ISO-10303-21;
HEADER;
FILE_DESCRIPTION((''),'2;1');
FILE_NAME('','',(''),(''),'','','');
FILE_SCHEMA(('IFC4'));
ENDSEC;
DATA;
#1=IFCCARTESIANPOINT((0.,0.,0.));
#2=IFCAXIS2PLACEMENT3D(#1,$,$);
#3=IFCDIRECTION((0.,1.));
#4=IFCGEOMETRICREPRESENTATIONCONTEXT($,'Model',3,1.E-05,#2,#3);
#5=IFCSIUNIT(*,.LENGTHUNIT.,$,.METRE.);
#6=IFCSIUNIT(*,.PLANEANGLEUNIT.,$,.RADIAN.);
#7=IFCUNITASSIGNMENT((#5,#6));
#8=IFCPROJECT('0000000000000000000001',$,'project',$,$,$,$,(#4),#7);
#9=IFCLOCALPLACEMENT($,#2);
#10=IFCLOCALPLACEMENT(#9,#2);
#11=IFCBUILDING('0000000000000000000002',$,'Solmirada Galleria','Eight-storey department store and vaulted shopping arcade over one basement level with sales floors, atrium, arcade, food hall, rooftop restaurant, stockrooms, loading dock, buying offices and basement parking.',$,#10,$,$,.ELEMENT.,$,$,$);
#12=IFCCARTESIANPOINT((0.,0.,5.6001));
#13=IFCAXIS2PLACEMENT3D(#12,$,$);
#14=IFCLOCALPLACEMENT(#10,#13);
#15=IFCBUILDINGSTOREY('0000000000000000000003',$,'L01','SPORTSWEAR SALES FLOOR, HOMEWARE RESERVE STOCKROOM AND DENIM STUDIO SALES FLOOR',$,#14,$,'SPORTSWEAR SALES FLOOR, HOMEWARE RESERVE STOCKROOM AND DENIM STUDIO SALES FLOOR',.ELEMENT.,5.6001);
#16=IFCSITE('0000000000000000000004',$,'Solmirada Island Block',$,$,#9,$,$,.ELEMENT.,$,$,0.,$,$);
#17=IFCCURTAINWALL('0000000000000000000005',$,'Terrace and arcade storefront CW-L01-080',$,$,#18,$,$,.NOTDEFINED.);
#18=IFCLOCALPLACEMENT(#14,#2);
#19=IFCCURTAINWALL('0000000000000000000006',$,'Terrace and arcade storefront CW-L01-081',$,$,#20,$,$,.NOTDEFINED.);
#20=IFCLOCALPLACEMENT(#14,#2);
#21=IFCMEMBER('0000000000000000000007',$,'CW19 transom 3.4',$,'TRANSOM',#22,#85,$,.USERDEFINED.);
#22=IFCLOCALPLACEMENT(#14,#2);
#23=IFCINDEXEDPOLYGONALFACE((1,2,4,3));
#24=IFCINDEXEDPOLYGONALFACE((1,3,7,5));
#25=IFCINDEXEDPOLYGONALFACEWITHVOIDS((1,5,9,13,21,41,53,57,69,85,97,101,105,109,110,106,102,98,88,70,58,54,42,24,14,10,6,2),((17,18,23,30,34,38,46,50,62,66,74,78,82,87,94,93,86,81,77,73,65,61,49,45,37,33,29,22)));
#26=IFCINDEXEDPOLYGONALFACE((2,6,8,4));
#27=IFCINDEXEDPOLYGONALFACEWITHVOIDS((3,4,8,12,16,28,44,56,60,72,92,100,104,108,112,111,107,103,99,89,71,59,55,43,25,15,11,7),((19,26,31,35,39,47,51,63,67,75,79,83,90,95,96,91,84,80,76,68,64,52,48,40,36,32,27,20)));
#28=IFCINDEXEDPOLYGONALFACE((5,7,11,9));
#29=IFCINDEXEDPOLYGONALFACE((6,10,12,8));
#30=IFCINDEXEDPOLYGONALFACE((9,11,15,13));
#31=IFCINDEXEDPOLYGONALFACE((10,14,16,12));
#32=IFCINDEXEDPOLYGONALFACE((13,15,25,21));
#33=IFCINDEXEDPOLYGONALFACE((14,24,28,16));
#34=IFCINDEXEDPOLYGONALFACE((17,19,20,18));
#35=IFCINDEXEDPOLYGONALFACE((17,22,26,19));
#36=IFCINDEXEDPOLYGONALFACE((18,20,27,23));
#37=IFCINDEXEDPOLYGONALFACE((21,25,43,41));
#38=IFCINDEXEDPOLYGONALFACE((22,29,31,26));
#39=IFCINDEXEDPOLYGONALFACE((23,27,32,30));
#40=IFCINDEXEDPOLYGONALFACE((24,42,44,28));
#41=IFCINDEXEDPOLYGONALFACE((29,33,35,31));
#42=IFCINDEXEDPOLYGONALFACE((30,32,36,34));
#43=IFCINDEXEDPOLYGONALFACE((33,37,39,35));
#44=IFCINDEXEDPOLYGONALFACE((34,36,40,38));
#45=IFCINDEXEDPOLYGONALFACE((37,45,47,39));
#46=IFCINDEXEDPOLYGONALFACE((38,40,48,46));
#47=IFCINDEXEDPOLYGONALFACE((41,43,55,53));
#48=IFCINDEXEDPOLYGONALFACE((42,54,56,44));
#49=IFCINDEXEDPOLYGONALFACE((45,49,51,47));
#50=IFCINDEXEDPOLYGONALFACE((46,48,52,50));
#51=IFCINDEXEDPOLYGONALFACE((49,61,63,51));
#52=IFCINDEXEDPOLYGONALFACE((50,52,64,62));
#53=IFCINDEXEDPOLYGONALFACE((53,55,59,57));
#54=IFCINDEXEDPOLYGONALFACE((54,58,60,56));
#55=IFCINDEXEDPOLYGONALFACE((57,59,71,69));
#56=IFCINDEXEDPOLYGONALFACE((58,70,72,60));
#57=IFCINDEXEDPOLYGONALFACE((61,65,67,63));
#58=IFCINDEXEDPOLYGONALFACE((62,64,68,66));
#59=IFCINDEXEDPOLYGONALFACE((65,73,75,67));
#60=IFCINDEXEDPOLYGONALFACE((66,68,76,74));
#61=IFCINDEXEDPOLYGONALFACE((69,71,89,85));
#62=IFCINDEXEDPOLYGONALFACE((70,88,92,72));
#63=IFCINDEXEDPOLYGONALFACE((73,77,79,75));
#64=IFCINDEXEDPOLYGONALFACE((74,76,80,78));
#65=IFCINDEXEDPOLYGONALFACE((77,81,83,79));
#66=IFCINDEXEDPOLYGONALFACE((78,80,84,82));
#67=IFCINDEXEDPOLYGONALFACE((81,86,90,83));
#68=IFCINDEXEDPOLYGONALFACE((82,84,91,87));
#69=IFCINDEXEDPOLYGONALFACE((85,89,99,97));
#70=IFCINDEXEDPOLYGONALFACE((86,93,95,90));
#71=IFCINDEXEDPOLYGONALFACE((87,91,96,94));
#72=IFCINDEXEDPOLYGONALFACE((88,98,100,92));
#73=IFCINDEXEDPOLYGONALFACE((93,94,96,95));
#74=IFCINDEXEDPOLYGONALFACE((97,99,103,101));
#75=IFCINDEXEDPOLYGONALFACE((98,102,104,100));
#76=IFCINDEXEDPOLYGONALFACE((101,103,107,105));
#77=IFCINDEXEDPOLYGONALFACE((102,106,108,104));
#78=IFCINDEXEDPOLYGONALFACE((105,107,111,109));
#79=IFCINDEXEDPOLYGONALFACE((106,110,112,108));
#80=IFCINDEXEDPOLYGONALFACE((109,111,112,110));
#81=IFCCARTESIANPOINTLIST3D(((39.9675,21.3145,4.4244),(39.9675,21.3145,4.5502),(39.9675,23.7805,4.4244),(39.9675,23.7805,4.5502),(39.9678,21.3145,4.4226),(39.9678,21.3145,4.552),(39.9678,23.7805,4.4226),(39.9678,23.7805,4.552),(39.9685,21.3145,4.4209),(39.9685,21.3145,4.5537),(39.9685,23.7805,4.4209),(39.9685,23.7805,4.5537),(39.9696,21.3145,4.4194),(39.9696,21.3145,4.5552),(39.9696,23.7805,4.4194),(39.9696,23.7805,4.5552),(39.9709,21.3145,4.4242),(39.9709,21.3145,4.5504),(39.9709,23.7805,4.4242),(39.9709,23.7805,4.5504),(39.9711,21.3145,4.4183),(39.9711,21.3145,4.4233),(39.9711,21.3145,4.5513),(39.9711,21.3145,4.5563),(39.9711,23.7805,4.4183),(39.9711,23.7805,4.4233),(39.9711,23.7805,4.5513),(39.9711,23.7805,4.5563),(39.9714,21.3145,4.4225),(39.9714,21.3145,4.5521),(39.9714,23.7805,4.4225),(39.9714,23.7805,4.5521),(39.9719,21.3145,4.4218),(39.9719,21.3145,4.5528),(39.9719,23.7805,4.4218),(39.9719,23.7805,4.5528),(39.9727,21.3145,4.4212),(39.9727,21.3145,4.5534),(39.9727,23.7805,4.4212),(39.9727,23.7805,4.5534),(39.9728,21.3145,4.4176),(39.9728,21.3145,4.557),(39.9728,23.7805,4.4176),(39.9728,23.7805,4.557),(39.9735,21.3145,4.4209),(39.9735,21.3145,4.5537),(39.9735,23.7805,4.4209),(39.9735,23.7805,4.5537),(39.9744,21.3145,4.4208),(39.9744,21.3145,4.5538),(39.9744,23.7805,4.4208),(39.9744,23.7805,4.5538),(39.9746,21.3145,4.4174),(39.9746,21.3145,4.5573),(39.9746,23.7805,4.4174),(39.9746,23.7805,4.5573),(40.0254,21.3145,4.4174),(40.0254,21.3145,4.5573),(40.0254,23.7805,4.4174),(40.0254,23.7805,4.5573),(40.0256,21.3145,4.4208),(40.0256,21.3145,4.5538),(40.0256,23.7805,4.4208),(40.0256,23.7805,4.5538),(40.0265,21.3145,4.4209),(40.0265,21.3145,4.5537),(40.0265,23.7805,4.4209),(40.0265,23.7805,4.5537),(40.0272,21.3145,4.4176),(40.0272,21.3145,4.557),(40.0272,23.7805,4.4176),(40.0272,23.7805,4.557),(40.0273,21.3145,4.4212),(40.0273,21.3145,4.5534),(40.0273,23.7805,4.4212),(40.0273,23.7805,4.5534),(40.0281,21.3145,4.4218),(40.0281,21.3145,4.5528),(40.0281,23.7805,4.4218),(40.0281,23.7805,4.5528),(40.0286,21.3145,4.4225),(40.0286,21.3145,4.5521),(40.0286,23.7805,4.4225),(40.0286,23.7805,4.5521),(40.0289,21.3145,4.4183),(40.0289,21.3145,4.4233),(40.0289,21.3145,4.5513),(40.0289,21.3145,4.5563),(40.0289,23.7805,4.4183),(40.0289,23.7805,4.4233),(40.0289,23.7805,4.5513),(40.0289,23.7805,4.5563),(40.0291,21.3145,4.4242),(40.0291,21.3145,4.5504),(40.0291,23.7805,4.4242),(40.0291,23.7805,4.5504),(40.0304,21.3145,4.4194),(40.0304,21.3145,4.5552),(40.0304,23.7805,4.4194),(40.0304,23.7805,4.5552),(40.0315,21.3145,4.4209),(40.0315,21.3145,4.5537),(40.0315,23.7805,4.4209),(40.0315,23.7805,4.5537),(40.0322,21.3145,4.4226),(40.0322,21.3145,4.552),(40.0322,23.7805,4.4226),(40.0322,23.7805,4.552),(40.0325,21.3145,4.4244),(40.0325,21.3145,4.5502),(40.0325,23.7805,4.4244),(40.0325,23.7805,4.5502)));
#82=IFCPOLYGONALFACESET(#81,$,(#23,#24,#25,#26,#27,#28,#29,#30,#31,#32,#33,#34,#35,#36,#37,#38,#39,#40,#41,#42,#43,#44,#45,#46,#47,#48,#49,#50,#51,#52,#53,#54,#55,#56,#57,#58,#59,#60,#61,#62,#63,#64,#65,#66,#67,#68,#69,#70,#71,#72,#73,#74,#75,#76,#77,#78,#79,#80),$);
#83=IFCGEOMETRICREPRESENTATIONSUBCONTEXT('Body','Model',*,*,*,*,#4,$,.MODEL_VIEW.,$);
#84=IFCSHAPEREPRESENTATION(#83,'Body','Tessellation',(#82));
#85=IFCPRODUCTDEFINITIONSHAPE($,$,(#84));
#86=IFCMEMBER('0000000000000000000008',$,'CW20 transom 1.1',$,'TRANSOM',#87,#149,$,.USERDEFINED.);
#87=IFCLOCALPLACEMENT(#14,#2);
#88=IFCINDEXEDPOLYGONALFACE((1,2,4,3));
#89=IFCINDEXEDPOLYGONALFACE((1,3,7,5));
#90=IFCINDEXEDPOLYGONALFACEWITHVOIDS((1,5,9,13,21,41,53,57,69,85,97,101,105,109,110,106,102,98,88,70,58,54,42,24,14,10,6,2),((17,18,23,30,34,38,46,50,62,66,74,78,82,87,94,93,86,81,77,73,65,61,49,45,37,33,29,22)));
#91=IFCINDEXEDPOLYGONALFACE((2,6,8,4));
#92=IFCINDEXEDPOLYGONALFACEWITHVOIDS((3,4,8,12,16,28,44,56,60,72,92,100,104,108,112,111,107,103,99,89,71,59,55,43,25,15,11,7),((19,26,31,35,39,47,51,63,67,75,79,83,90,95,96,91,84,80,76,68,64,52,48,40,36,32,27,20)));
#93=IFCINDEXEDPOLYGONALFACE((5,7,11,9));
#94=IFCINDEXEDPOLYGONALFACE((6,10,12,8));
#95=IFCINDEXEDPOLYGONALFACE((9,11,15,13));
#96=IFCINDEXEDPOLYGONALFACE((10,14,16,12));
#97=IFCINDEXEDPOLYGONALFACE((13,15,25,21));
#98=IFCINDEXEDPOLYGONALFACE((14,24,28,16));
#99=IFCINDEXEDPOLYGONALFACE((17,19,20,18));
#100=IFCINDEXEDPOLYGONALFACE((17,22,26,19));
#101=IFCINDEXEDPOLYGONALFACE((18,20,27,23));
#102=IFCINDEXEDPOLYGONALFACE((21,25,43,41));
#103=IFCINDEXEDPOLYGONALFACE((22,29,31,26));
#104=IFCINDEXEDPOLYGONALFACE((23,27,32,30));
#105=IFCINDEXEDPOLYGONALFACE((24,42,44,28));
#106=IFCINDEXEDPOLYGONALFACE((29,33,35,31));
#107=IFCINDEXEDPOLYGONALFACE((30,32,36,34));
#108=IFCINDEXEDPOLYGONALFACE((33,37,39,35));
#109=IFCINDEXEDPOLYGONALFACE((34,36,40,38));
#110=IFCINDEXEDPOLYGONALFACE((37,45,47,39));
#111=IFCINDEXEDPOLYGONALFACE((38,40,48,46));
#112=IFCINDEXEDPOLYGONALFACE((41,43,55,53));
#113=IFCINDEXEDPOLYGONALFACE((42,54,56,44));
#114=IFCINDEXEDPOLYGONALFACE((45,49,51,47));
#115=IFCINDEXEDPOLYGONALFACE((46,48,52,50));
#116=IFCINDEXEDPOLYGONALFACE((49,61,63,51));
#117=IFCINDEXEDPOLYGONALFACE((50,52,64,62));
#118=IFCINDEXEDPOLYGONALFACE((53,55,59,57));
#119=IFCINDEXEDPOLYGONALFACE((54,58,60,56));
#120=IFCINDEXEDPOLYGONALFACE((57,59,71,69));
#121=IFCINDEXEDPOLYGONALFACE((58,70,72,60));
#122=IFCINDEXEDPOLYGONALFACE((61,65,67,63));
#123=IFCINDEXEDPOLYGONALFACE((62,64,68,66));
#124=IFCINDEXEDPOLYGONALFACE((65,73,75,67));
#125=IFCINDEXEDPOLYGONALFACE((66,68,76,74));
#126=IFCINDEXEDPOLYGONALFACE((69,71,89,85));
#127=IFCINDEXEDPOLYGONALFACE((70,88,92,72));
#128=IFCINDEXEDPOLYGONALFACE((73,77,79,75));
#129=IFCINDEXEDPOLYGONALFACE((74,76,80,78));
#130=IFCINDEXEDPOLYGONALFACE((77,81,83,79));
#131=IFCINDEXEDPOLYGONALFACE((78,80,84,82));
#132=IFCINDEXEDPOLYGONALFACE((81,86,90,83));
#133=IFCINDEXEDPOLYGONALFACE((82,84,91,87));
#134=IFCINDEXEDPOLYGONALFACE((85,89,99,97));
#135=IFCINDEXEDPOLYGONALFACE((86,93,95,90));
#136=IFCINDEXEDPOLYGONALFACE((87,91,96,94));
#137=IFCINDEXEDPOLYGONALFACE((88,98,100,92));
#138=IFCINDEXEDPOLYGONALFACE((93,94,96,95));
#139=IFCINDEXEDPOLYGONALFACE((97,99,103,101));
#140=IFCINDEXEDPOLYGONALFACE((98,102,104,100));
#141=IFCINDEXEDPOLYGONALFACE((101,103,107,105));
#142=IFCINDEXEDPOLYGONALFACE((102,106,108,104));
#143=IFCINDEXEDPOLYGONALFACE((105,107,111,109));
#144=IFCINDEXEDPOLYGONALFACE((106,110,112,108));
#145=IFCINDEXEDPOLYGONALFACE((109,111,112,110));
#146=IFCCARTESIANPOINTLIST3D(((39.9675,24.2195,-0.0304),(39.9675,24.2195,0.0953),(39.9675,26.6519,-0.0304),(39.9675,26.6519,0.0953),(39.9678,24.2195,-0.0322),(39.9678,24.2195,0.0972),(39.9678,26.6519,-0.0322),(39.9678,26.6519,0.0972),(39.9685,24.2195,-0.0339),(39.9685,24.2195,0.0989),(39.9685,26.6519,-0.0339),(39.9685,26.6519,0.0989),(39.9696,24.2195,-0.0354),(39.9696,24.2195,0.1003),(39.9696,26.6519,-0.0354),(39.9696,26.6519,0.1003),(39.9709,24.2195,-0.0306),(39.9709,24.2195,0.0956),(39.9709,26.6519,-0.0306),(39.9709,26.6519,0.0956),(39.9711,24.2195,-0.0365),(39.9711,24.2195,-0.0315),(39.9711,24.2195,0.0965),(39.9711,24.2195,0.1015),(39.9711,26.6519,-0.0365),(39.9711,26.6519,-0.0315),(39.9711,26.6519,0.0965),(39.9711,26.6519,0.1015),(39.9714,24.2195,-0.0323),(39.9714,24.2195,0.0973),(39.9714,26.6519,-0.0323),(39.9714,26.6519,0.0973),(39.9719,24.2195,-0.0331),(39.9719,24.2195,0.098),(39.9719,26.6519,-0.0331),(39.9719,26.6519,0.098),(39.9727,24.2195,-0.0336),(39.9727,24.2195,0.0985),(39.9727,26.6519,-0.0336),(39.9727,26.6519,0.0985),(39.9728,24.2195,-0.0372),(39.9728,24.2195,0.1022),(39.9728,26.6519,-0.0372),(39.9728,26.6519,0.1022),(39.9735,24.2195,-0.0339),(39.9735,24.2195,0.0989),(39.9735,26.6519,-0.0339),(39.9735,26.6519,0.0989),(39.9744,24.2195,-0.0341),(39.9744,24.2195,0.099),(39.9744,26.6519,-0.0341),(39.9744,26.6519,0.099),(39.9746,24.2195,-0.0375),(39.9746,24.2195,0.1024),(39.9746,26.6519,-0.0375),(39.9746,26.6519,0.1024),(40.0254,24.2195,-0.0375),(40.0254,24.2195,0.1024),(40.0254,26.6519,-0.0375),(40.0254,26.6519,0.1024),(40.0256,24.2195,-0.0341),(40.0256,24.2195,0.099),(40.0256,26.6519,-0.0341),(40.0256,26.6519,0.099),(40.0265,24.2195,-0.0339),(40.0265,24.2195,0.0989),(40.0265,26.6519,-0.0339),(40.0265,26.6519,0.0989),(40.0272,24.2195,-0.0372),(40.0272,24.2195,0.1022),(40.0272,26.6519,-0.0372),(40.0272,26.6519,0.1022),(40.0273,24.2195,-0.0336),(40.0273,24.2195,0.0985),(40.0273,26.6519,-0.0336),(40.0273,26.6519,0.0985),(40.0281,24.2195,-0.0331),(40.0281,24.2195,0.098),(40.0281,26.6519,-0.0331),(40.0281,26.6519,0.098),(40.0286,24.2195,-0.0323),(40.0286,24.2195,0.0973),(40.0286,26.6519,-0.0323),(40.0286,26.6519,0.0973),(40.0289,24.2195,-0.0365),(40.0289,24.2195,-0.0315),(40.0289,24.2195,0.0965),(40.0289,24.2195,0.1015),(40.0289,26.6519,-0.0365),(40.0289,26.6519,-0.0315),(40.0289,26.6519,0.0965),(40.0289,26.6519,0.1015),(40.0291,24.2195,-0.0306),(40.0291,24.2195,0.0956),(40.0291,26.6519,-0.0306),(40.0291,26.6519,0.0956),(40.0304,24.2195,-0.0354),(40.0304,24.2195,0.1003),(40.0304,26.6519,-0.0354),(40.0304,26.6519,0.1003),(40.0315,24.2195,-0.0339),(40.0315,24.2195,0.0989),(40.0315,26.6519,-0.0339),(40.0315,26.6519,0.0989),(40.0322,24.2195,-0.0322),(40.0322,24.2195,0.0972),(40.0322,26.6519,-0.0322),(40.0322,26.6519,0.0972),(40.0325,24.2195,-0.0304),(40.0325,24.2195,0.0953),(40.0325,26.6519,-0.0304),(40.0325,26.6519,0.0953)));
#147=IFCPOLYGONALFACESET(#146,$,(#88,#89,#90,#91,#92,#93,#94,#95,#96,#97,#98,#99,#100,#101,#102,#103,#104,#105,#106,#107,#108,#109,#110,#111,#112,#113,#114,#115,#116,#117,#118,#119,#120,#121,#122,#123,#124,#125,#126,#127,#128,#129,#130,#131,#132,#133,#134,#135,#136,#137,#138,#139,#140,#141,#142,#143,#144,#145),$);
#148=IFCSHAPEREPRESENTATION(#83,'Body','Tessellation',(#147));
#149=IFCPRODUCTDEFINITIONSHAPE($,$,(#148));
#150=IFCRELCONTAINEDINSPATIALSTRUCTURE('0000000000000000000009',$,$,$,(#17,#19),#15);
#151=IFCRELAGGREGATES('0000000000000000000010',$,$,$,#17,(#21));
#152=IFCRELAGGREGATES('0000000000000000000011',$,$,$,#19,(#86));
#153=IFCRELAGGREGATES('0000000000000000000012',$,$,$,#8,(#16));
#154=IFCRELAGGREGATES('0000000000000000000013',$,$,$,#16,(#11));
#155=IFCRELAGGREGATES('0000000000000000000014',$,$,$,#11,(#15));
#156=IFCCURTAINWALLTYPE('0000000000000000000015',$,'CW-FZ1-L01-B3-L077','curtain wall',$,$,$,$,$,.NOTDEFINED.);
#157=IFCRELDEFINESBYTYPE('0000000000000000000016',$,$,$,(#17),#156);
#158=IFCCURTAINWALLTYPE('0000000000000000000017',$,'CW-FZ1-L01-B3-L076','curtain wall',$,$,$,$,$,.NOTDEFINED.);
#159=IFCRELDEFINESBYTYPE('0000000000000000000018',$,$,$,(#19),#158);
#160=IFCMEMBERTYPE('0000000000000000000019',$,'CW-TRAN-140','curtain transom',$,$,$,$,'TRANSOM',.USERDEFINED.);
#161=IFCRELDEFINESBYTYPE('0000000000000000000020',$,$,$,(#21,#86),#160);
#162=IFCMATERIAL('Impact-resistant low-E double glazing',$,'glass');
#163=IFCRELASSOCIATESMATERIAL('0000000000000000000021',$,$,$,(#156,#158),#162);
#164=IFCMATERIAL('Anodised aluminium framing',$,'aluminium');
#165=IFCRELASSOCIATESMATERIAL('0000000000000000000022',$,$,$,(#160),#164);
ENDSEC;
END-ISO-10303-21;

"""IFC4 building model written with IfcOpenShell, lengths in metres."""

from ifc_helpers import new_model, si_unit, direction, frame, origin, origin_2d, place, context, subcontext, project, spatial, hollow_rectangle, extrude, material, material_profile, profile_set, type_object, element, aggregate, save


model = new_model("IFC4")

# Units and contexts
model_context = context("Model", 3, precision=1e-05, world=origin(), true_north=direction((0.0, 1.0)))
body_context = subcontext(model_context, "Body", "Model", "MODEL_VIEW")
ifc_project = project(units=[si_unit("LENGTHUNIT", "METRE"), si_unit("PLANEANGLEUNIT", "RADIAN")], contexts=[model_context])

# Site, building, storey
site_placement = place(None, origin())
site = spatial("IfcSite", under=ifc_project, at=site_placement, Name="Solmirada Island Block", CompositionType="ELEMENT", RefElevation=0.0)
building_placement = place(site_placement, origin())
building = spatial("IfcBuilding", under=site, at=building_placement, Name="Solmirada Galleria", Description="Eight-storey department store and vaulted shopping arcade over one basement level with sales floors, atrium, arcade, food hall, rooftop restaurant, stockrooms, loading dock, buying offices and basement parking.", CompositionType="ELEMENT")
storey_placement = place(building_placement, frame((0.0, 0.0, 5.6001)))
storey = spatial("IfcBuildingStorey", under=building, at=storey_placement, Name="L01", Description="SPORTSWEAR SALES FLOOR, HOMEWARE RESERVE STOCKROOM AND DENIM STUDIO SALES FLOOR", LongName="SPORTSWEAR SALES FLOOR, HOMEWARE RESERVE STOCKROOM AND DENIM STUDIO SALES FLOOR", CompositionType="ELEMENT", Elevation=5.6001)

# Curtain wall
ifc_material_1 = material(Name="Impact-resistant low-E double glazing", Category="glass")
curtain_wall_type_1 = type_object("IfcCurtainWallType", Name="CW-FZ1-L01-B3-L077", Description="curtain wall", PredefinedType="NOTDEFINED", material=ifc_material_1)
curtain_wall_1_placement = place(storey_placement, origin())
curtain_wall_1 = element("IfcCurtainWall", 1, at=curtain_wall_1_placement, inside=storey, type_object=curtain_wall_type_1, Name="Terrace and arcade storefront CW-L01-080", PredefinedType="NOTDEFINED")
ifc_material_2 = material(Name="Anodised aluminium framing", Category="aluminium")

# Curtain wall
curtain_wall_type_2 = type_object("IfcCurtainWallType", Name="CW-FZ1-L01-B3-L076", Description="curtain wall", PredefinedType="NOTDEFINED", material=ifc_material_1)
curtain_wall_2_placement = place(storey_placement, origin())
curtain_wall_2 = element("IfcCurtainWall", 2, at=curtain_wall_2_placement, inside=storey, type_object=curtain_wall_type_2, Name="Terrace and arcade storefront CW-L01-081", PredefinedType="NOTDEFINED")

# Members
ifc_material_profile_1 = material_profile(ifc_material_2, hollow_rectangle(XDim=0.0649, YDim=0.1399, WallThickness=0.0034, InnerFilletRadius=0.0034, OuterFilletRadius=0.0071, at=origin_2d()), Name="ALU-TRAN-140X65")
ifc_profile_set_1 = profile_set([ifc_material_profile_1], Name="Anodised aluminium framing")
member_type_1 = type_object("IfcMemberType", Name="CW-TRAN-140", Description="curtain transom", ElementType="TRANSOM", PredefinedType="USERDEFINED", material=ifc_profile_set_1)
member_1_placement = place(storey_placement, frame((40.0, 21.3145, 4.4873), z_axis=(0.0, 1.0, 0.0), x_axis=(-1.0, 0.0, 0.0)))
member_1 = element("IfcMember", 3, at=member_1_placement, type_object=member_type_1, Name="CW19 transom 3.4", ObjectType="TRANSOM", PredefinedType="USERDEFINED", context=body_context, shape_type="SweptSolid", body=[
    extrude(hollow_rectangle(XDim=0.0649, YDim=0.1399, WallThickness=0.0034, InnerFilletRadius=0.0034, OuterFilletRadius=0.0071, at=origin_2d()), origin(), (0.0, 0.0, 1.0), 2.4661),
])
member_2_placement = place(storey_placement, frame((40.0, 24.2195, 0.0325), z_axis=(0.0, 1.0, 0.0), x_axis=(-1.0, 0.0, 0.0)))
member_2 = element("IfcMember", 4, at=member_2_placement, type_object=member_type_1, Name="CW20 transom 1.1", ObjectType="TRANSOM", PredefinedType="USERDEFINED", context=body_context, shape_type="SweptSolid", body=[
    extrude(hollow_rectangle(XDim=0.0649, YDim=0.1399, WallThickness=0.0034, InnerFilletRadius=0.0034, OuterFilletRadius=0.0071, at=origin_2d()), origin(), (0.0, 0.0, 1.0), 2.4324),
])

aggregate(curtain_wall_1, [member_1])
aggregate(curtain_wall_2, [member_2])

save(model, "model.ifc")
